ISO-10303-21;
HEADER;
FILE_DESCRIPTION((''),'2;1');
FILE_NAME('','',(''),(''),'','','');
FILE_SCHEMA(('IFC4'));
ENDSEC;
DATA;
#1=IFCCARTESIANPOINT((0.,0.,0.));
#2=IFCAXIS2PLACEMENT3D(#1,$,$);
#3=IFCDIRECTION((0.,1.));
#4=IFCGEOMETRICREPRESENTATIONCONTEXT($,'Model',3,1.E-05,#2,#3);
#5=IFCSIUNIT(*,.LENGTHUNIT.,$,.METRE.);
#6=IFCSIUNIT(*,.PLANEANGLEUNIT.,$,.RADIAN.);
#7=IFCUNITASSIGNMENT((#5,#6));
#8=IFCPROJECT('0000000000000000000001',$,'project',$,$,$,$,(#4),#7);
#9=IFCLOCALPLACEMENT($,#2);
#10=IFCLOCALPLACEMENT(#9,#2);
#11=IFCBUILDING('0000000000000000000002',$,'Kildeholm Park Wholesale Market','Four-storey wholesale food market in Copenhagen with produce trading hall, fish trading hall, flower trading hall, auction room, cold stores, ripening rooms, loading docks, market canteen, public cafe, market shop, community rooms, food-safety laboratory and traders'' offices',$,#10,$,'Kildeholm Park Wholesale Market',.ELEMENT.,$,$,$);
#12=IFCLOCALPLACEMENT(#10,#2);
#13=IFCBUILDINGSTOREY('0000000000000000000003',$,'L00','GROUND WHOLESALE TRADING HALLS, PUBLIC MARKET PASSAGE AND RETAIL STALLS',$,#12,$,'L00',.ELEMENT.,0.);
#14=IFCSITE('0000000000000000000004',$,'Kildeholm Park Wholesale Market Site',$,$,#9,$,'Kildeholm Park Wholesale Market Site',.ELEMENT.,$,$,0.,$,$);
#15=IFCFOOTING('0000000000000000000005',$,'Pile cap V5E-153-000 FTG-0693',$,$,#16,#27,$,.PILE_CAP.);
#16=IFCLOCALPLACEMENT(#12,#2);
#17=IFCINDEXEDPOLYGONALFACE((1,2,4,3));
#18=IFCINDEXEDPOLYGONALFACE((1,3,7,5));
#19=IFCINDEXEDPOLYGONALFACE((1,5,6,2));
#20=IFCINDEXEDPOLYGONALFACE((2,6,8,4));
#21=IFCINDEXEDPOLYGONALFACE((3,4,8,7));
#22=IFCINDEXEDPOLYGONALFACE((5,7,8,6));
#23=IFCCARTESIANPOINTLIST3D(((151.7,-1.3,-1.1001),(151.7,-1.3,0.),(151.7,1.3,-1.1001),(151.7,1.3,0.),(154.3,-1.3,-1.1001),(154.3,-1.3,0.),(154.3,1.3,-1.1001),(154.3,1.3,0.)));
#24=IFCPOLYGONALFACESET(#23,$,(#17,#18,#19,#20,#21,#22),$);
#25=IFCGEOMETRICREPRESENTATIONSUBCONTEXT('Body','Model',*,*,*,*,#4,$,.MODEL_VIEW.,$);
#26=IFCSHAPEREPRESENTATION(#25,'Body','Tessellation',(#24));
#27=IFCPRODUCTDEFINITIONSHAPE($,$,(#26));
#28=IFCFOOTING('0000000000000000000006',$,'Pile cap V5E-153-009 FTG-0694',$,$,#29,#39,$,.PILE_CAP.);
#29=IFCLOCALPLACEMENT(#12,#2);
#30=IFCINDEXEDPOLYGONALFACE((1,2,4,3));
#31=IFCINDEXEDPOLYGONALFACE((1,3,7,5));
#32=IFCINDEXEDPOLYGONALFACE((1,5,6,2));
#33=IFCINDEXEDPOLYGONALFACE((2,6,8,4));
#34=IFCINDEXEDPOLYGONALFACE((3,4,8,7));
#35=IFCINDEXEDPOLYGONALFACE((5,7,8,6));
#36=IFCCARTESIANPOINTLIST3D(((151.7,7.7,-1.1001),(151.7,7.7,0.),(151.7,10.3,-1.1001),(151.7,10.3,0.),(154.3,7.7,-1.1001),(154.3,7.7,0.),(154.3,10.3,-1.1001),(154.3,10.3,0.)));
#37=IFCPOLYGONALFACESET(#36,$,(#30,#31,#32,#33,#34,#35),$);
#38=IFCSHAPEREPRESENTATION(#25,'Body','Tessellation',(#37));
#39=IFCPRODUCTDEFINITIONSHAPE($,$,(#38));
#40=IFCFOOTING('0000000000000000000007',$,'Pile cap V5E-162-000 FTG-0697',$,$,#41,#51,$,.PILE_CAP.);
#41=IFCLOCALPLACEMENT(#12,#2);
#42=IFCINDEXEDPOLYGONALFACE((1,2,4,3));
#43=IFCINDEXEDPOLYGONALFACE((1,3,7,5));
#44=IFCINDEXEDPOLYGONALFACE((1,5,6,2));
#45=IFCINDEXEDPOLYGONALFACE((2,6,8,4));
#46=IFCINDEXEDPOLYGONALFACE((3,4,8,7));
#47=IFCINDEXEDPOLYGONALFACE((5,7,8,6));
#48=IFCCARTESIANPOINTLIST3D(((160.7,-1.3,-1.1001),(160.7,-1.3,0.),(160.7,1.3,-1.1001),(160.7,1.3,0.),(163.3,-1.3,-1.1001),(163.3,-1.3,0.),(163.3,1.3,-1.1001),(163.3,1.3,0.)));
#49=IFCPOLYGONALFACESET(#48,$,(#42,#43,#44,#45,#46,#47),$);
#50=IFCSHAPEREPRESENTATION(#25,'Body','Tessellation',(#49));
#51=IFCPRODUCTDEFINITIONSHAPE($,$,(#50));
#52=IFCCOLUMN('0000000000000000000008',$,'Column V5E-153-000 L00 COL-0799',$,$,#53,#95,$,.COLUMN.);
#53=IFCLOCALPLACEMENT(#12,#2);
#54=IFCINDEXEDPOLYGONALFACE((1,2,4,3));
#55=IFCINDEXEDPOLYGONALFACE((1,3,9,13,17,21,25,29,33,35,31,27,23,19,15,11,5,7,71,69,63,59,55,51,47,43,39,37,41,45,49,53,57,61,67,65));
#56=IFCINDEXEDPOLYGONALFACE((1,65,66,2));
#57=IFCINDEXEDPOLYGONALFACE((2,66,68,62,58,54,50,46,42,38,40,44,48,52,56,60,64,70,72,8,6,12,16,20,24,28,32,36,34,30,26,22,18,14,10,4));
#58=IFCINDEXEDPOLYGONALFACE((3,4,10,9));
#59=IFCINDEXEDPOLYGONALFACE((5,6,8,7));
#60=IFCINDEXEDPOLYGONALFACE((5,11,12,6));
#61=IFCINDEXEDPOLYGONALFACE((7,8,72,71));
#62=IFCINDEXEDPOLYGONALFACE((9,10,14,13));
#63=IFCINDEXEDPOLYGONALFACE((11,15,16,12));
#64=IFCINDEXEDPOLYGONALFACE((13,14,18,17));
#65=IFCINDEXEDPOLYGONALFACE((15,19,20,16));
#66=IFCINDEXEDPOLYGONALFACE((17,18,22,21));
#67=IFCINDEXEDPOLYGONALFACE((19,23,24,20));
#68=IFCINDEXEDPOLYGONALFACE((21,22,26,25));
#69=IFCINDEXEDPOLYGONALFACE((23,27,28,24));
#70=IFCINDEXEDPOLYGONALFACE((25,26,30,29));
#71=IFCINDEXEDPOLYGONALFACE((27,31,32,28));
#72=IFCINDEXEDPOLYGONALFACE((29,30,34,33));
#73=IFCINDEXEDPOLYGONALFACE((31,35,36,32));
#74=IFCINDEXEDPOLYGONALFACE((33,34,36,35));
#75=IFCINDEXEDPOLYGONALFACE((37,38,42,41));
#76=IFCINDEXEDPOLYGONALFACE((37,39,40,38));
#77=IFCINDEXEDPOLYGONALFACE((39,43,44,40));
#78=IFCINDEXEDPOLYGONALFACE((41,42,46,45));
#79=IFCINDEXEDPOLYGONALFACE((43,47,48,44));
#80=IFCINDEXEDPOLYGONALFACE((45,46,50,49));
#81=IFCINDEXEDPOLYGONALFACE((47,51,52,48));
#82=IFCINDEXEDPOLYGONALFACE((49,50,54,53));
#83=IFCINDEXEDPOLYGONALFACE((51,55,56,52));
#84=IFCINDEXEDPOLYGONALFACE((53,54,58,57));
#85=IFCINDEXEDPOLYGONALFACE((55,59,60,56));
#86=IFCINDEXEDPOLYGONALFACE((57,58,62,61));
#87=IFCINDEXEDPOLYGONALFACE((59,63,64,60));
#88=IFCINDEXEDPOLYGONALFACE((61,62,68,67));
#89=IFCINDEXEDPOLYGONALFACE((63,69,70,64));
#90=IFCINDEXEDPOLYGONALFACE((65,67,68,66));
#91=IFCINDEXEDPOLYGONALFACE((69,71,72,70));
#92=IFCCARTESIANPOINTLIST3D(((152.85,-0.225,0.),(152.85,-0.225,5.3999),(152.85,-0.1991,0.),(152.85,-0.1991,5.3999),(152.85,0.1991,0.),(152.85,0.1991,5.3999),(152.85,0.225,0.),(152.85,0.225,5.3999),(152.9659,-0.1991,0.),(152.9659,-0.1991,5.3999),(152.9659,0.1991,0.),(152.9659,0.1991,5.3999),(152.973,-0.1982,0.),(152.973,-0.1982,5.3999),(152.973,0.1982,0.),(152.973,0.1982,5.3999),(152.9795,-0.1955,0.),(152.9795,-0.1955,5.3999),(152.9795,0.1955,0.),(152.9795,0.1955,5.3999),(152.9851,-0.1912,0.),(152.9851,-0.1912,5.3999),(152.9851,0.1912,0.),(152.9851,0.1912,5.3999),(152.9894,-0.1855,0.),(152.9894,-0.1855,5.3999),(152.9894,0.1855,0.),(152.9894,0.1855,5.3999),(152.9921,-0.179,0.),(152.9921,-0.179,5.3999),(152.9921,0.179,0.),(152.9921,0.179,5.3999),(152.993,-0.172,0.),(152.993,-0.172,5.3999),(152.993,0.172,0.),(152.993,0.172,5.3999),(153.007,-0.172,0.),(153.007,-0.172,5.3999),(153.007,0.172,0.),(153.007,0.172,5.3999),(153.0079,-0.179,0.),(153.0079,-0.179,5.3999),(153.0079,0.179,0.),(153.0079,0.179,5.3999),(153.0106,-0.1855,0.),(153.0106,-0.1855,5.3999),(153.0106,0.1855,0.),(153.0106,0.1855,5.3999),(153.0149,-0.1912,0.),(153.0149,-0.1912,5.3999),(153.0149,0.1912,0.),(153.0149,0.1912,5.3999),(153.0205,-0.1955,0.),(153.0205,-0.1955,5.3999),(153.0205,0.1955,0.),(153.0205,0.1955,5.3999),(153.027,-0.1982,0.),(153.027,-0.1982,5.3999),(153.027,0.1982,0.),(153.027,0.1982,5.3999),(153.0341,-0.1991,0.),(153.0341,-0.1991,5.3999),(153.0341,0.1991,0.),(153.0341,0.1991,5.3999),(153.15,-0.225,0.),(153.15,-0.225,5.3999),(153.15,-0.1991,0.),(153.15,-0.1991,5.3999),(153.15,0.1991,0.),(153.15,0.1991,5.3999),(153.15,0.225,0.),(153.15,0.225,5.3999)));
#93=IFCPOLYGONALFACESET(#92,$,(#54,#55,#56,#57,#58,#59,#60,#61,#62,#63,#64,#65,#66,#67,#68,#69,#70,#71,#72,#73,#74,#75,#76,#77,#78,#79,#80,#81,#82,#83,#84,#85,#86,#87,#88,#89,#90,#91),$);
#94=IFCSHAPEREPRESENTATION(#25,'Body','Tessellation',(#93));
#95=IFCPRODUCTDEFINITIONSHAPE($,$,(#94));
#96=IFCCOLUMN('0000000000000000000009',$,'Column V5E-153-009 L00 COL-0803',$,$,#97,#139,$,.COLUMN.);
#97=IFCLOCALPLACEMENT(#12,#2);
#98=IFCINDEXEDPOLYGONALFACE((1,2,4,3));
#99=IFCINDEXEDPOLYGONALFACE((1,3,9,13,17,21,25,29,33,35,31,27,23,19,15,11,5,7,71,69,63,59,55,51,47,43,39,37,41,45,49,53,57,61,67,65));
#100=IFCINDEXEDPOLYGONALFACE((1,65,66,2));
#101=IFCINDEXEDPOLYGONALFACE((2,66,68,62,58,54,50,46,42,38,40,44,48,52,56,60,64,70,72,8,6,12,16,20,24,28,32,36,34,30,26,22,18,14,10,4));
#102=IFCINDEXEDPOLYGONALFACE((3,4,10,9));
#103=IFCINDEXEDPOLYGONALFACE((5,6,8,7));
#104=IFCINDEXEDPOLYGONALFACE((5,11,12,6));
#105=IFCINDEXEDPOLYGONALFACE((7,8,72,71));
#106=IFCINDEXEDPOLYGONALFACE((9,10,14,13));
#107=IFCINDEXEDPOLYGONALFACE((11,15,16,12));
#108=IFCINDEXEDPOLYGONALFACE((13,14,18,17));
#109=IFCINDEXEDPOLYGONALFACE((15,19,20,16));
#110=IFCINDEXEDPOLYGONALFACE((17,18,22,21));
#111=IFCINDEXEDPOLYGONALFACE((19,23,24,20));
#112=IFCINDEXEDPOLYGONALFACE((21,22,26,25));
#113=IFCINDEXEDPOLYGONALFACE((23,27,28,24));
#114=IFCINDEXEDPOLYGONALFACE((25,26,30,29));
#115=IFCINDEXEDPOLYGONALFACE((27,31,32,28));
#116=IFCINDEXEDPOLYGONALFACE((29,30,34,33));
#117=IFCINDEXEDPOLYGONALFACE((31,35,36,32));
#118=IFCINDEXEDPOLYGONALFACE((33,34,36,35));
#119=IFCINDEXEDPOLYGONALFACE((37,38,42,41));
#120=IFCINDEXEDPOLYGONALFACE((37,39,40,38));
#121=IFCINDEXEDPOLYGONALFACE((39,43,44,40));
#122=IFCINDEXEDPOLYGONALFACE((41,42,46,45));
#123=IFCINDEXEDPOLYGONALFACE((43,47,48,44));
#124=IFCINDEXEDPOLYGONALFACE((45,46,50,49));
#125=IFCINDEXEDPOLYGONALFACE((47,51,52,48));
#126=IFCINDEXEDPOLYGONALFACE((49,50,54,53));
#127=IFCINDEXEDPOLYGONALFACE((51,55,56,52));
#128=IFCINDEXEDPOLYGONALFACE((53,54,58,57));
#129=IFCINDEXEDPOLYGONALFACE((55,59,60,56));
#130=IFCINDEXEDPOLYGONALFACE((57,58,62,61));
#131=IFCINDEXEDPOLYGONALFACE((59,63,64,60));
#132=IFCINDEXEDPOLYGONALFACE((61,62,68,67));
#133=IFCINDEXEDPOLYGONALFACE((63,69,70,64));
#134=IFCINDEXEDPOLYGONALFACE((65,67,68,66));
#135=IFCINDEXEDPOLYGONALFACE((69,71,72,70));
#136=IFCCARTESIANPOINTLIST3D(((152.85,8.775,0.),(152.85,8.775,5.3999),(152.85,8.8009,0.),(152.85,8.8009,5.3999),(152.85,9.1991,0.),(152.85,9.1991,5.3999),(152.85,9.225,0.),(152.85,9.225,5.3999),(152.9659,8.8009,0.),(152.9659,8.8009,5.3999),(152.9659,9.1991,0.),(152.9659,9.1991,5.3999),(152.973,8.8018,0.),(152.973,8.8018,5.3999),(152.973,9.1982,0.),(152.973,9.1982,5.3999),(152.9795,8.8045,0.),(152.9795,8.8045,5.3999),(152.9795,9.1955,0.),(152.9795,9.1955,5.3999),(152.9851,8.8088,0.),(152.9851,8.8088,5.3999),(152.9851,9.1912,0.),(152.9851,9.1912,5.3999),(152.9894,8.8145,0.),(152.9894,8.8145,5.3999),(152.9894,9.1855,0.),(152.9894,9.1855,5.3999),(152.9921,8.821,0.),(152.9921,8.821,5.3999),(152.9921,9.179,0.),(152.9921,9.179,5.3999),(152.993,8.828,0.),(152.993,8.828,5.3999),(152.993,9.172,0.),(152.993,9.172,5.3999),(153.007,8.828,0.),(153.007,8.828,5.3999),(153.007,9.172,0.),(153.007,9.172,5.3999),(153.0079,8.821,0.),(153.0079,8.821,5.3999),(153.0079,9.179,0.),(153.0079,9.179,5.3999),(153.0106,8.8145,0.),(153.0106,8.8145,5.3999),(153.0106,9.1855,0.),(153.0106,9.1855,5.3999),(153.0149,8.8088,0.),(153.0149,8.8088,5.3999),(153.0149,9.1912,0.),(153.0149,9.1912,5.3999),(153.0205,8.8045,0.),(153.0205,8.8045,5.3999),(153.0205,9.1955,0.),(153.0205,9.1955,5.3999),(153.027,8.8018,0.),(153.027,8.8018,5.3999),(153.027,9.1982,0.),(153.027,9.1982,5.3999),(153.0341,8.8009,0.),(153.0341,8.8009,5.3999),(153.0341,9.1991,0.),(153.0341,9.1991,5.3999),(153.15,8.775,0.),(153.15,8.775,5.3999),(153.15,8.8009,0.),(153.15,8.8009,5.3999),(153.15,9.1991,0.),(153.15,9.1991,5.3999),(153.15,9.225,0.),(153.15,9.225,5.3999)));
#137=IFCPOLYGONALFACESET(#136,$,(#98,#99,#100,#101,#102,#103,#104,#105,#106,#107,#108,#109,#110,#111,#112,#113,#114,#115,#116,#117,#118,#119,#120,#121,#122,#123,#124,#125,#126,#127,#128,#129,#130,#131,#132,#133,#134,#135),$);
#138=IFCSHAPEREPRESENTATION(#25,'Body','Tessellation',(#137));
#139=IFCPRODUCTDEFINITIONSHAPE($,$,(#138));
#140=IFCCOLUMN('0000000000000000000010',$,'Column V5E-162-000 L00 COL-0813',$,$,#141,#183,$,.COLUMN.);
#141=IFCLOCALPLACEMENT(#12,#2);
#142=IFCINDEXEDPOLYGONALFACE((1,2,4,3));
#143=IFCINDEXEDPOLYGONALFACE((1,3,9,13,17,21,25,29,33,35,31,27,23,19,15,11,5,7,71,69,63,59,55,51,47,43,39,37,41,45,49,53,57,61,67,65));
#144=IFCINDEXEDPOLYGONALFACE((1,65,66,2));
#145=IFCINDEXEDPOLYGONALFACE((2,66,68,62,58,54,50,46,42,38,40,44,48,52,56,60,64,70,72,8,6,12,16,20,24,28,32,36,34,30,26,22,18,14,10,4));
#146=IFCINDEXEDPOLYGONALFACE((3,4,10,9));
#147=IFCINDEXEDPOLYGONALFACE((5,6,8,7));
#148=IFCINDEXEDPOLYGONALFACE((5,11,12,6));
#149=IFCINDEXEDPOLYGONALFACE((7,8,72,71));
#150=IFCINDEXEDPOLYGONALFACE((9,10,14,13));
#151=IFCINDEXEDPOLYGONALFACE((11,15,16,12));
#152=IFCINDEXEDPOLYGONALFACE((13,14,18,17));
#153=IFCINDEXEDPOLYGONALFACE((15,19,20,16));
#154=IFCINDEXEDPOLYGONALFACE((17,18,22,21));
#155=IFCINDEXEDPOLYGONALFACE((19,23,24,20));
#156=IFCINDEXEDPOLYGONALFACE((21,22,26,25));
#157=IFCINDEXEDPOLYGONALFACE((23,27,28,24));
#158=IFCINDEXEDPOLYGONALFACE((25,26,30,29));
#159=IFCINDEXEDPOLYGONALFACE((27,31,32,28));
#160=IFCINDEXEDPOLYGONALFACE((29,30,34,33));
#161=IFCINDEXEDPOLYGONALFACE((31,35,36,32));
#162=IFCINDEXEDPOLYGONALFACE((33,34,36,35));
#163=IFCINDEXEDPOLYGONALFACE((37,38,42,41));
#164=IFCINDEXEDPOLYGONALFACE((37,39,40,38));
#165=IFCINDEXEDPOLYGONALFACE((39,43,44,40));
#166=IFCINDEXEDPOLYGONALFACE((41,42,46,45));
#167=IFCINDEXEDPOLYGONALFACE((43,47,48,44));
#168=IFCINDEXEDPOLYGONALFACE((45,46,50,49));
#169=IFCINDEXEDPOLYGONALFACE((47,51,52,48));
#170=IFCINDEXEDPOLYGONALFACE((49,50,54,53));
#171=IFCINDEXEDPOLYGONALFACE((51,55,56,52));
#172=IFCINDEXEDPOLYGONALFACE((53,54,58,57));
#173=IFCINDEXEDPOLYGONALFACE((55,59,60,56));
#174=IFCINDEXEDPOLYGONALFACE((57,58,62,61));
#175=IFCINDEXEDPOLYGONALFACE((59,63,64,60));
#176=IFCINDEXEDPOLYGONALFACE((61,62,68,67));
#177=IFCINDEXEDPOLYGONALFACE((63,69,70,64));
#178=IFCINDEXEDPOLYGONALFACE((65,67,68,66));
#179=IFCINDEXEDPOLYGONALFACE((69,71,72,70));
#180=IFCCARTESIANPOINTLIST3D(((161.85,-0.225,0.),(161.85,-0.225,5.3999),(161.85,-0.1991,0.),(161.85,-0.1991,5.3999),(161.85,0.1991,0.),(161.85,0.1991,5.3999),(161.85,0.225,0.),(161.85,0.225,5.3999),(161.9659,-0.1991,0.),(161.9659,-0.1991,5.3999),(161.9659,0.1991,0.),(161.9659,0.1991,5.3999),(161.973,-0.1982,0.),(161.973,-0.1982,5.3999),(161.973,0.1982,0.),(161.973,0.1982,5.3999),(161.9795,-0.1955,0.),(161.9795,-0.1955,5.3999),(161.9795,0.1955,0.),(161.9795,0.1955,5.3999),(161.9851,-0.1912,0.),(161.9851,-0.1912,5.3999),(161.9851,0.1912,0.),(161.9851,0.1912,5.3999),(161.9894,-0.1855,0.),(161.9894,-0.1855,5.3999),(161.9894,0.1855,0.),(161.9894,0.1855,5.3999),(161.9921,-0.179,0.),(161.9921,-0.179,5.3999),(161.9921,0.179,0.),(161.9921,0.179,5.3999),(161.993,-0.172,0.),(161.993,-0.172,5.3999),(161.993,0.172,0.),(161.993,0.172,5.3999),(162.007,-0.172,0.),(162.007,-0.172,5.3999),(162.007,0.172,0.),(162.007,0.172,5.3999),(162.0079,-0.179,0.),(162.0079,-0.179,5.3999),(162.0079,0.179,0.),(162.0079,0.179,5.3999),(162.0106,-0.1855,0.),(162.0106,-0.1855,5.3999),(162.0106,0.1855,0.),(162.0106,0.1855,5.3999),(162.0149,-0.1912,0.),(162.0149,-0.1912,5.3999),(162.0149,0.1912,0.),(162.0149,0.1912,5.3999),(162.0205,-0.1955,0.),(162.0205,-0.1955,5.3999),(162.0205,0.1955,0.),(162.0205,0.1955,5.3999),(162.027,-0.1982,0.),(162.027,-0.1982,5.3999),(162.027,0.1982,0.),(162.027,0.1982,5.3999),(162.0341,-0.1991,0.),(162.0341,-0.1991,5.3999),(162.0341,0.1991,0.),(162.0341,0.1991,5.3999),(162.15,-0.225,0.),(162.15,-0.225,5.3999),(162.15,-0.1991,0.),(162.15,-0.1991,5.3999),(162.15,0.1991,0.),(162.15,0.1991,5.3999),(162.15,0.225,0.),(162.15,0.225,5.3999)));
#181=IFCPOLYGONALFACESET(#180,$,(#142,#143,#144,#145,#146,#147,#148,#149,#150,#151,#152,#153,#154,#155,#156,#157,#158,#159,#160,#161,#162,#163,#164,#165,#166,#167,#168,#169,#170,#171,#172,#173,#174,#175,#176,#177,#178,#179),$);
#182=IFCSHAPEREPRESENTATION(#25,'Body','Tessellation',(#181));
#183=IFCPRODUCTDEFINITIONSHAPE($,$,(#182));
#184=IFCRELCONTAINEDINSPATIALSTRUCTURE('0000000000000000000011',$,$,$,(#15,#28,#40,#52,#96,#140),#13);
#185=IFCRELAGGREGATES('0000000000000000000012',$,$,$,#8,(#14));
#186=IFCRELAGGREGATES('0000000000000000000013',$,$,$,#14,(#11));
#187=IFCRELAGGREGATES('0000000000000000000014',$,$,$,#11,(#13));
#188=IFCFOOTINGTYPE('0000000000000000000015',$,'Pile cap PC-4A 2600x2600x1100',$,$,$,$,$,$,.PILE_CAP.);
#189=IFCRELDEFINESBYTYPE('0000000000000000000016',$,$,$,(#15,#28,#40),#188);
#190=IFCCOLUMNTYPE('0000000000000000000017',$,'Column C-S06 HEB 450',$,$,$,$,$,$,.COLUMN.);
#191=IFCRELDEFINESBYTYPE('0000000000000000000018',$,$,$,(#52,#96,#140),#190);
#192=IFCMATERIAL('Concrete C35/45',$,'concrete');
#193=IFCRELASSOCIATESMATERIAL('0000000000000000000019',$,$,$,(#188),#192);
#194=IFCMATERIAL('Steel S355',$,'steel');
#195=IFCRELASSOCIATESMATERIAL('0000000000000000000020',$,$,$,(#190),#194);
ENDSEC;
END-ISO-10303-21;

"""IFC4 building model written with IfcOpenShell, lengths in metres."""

from ifc_helpers import new_model, si_unit, direction, frame, origin, origin_2d, place, context, subcontext, project, spatial, rectangle, i_section, extrude, material, material_profile, profile_set, type_object, element, save


model = new_model("IFC4")

# Units and contexts
model_context = context("Model", 3, precision=1e-05, world=origin(), true_north=direction((0.0, 1.0)))
body_context = subcontext(model_context, "Body", "Model", "MODEL_VIEW")
ifc_project = project(units=[si_unit("LENGTHUNIT", "METRE"), si_unit("PLANEANGLEUNIT", "RADIAN")], contexts=[model_context])

# Site, building, storey
site_placement = place(None, origin())
site = spatial("IfcSite", under=ifc_project, at=site_placement, Name="Kildeholm Park Wholesale Market Site", LongName="Kildeholm Park Wholesale Market Site", CompositionType="ELEMENT", RefElevation=0.0)
building_placement = place(site_placement, origin())
building = spatial("IfcBuilding", under=site, at=building_placement, Name="Kildeholm Park Wholesale Market", Description="Four-storey wholesale food market in Copenhagen with produce trading hall, fish trading hall, flower trading hall, auction room, cold stores, ripening rooms, loading docks, market canteen, public cafe, market shop, community rooms, food-safety laboratory and traders' offices", LongName="Kildeholm Park Wholesale Market", CompositionType="ELEMENT")
storey_placement = place(building_placement, origin())
storey = spatial("IfcBuildingStorey", under=building, at=storey_placement, Name="L00", Description="GROUND WHOLESALE TRADING HALLS, PUBLIC MARKET PASSAGE AND RETAIL STALLS", LongName="L00", CompositionType="ELEMENT", Elevation=0.0)

# Shared definitions
ifc_material_1 = material(Name="Concrete C35/45", Category="concrete")

# Footings
footing_type_1 = type_object("IfcFootingType", Name="Pile cap PC-4A 2600x2600x1100", PredefinedType="PILE_CAP", material=ifc_material_1)
for number, where, z_axis, x_axis, name in (
    (1, (153.0, 0.0, -1.1001), (0.0, 0.0, 1.0), (1.0, 0.0, 0.0), "Pile cap V5E-153-000 FTG-0693"),
    (2, (153.0, 9.0, -1.1001), (0.0, 0.0, 1.0), (1.0, 0.0, 0.0), "Pile cap V5E-153-009 FTG-0694"),
    (3, (162.0, 0.0, -1.1001), (0.0, 0.0, 1.0), (1.0, 0.0, 0.0), "Pile cap V5E-162-000 FTG-0697"),
):
    element("IfcFooting", number, at=place(storey_placement, frame(where, z_axis=z_axis, x_axis=x_axis)), inside=storey, type_object=footing_type_1, Name=name, PredefinedType="PILE_CAP", context=body_context, shape_type="SweptSolid", body=[
        extrude(rectangle(XDim=2.6001, YDim=2.6001, at=origin_2d()), origin(), (0.0, 0.0, 1.0), 1.1001),
    ])

# Columns
ifc_material_2 = material(Name="Steel S355", Category="steel")
ifc_material_profile_1 = material_profile(ifc_material_2, i_section(OverallWidth=0.3, OverallDepth=0.45, WebThickness=0.0139, FlangeThickness=0.0259, FilletRadius=0.0271, at=origin_2d()), Name="HEB 450")
ifc_profile_set_1 = profile_set([ifc_material_profile_1], Name="Steel S355")
column_type = type_object("IfcColumnType", Name="Column C-S06 HEB 450", PredefinedType="COLUMN", material=ifc_profile_set_1)
for number, where, z_axis, x_axis, name in (
    (4, (153.0, 0.0, 0.0), (0.0, 0.0, 1.0), (1.0, 0.0, 0.0), "Column V5E-153-000 L00 COL-0799"),
    (5, (153.0, 9.0, 0.0), (0.0, 0.0, 1.0), (1.0, 0.0, 0.0), "Column V5E-153-009 L00 COL-0803"),
    (6, (162.0, 0.0, 0.0), (0.0, 0.0, 1.0), (1.0, 0.0, 0.0), "Column V5E-162-000 L00 COL-0813"),
):
    element("IfcColumn", number, at=place(storey_placement, frame(where, z_axis=z_axis, x_axis=x_axis)), inside=storey, type_object=column_type, Name=name, PredefinedType="COLUMN", context=body_context, shape_type="SweptSolid", body=[
        extrude(i_section(OverallWidth=0.3, OverallDepth=0.45, WebThickness=0.0139, FlangeThickness=0.0259, FilletRadius=0.0271, at=origin_2d()), origin(), (0.0, 0.0, 1.0), 5.3999),
    ])

save(model, "model.ifc")
